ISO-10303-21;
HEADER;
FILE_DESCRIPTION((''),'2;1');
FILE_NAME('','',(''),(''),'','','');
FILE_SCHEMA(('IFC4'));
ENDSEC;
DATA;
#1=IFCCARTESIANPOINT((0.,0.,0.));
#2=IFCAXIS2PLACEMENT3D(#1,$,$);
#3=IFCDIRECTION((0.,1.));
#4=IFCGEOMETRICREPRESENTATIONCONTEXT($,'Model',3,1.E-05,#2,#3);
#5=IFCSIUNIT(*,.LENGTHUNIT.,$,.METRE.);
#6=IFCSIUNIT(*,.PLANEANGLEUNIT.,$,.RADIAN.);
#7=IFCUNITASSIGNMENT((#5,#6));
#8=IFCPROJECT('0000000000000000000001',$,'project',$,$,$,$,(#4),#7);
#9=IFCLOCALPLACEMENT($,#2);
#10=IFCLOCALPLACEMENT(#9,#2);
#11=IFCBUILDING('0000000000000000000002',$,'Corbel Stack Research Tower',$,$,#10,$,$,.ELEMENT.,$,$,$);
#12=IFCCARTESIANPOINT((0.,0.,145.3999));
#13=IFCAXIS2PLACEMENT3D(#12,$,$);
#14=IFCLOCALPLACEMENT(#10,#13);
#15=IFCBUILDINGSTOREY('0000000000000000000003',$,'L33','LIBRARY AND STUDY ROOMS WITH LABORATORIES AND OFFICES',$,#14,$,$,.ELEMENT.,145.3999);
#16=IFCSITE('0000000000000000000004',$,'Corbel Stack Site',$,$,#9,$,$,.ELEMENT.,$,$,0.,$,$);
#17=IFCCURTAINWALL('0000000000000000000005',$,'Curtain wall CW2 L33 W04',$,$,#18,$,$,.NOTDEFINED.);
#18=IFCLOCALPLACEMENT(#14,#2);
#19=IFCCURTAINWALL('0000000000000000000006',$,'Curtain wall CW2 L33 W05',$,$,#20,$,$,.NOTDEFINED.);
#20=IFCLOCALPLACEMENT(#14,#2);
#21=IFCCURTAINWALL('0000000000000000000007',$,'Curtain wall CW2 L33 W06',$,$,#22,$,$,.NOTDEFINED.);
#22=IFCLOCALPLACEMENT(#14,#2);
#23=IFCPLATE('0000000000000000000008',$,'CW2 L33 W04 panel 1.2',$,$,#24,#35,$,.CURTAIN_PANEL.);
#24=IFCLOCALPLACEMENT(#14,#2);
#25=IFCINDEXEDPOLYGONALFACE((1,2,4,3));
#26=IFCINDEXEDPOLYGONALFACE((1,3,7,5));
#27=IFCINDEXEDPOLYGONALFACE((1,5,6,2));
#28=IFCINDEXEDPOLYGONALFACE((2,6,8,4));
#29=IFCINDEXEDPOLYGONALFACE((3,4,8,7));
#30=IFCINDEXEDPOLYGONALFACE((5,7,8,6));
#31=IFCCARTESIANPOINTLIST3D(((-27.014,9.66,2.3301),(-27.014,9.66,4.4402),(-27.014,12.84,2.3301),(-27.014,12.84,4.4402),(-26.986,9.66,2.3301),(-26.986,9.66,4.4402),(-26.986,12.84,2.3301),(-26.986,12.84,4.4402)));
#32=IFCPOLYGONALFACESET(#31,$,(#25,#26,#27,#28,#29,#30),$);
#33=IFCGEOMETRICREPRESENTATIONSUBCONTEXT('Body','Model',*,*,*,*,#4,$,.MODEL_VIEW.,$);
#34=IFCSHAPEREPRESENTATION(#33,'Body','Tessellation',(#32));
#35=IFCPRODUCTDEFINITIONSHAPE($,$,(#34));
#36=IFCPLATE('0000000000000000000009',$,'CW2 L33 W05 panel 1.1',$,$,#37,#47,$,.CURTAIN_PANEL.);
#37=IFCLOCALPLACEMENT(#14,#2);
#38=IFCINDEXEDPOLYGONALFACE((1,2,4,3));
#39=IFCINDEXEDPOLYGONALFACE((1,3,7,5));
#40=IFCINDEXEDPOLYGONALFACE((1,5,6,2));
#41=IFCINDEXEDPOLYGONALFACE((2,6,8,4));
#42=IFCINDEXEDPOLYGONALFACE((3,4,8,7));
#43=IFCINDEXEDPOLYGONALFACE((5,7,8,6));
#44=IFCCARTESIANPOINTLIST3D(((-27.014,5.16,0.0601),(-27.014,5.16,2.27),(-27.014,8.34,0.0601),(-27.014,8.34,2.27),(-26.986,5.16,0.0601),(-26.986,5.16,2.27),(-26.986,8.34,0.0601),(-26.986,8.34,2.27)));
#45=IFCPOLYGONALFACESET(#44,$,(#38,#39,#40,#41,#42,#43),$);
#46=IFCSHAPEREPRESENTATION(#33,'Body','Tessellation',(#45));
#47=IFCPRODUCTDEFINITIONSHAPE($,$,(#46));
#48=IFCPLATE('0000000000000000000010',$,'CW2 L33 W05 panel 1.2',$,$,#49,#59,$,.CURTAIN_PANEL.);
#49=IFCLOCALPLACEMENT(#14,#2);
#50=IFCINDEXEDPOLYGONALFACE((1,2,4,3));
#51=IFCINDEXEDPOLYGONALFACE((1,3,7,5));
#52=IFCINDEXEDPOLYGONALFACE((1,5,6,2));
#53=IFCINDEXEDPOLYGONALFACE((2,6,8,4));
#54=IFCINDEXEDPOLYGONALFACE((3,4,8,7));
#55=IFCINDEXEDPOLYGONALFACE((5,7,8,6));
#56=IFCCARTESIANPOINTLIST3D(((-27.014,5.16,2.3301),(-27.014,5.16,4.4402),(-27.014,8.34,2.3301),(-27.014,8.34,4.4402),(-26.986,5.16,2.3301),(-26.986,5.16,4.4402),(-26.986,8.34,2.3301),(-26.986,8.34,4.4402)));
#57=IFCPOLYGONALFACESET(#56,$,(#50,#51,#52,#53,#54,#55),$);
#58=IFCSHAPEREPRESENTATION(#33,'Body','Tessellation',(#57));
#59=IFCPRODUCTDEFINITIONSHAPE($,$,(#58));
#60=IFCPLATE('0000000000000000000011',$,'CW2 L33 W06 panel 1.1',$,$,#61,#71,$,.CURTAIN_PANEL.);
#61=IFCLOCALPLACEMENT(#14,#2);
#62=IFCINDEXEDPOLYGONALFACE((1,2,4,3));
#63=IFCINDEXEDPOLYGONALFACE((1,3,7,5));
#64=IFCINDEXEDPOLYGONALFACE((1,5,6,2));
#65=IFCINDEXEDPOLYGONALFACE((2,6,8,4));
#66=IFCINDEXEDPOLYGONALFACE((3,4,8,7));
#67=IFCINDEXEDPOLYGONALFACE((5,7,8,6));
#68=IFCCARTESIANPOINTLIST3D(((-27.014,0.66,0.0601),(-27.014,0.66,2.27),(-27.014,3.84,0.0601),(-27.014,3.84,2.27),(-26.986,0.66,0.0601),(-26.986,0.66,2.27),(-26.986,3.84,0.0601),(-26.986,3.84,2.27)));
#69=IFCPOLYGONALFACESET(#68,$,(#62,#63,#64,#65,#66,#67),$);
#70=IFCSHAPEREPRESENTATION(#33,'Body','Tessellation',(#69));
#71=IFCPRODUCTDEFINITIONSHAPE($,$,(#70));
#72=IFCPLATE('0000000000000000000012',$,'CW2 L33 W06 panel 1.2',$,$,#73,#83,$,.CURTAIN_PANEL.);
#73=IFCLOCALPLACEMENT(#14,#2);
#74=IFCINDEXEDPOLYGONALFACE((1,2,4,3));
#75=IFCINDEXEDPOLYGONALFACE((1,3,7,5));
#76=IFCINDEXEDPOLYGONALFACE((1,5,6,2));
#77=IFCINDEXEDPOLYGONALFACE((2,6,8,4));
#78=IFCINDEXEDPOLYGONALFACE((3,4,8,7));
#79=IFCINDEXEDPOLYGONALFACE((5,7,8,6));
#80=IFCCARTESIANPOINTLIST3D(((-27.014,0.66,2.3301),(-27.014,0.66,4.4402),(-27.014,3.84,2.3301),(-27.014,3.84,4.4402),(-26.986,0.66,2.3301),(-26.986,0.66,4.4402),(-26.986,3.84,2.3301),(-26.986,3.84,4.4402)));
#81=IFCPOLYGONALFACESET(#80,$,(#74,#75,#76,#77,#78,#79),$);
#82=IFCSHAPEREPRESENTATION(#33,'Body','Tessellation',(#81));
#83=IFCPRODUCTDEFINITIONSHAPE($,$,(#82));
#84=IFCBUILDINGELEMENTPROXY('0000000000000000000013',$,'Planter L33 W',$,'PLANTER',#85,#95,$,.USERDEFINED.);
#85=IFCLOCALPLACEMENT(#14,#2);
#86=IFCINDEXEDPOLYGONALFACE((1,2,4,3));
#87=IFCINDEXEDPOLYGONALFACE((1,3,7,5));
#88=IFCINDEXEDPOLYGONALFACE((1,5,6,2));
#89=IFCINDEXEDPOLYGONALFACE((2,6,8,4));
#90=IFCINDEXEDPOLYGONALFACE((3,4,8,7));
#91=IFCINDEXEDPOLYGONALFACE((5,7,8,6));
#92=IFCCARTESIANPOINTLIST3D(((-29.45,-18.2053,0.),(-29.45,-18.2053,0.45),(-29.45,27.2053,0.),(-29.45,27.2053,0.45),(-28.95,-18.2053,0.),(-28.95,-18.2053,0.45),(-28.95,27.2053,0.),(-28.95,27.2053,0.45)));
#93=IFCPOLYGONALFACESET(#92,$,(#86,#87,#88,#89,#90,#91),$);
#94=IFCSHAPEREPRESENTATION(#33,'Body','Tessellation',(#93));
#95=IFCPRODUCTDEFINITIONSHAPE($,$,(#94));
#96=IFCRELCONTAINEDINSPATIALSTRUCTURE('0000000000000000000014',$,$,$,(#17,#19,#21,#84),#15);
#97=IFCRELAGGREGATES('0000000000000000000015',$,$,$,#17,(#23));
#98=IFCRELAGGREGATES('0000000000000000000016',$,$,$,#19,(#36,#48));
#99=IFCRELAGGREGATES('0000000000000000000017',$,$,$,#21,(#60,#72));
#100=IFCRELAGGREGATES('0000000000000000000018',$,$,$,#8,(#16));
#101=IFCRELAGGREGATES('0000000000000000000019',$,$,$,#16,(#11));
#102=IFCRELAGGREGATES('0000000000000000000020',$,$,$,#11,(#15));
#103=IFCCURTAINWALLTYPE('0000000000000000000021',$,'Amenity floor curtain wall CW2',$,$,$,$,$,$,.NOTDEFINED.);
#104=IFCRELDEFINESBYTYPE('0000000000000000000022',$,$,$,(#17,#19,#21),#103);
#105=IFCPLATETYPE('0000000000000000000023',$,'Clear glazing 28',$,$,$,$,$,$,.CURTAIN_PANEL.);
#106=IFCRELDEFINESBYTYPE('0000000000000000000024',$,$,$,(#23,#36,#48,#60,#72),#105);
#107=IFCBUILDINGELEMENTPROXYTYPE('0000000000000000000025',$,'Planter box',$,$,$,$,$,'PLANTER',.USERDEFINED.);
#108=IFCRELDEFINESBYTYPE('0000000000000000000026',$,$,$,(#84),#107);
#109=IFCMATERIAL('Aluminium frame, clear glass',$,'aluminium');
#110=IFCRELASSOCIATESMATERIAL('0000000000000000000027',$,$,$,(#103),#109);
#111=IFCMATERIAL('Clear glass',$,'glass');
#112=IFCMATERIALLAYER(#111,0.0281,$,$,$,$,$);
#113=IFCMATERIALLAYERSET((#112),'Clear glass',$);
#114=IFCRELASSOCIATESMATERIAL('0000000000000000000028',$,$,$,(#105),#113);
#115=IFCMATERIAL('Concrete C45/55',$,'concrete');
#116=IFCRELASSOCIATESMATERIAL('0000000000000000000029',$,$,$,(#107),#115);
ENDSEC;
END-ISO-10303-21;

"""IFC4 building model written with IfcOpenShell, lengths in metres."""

from ifc_helpers import new_model, si_unit, direction, frame, origin, origin_2d, place, context, subcontext, project, spatial, rectangle, extrude, material, layer, layer_set, type_object, element, aggregate, save


model = new_model("IFC4")

# Units and contexts
model_context = context("Model", 3, precision=1e-05, world=origin(), true_north=direction((0.0, 1.0)))
body_context = subcontext(model_context, "Body", "Model", "MODEL_VIEW")
ifc_project = project(units=[si_unit("LENGTHUNIT", "METRE"), si_unit("PLANEANGLEUNIT", "RADIAN")], contexts=[model_context])

# Site, building, storey
site_placement = place(None, origin())
site = spatial("IfcSite", under=ifc_project, at=site_placement, Name="Corbel Stack Site", CompositionType="ELEMENT", RefElevation=0.0)
building_placement = place(site_placement, origin())
building = spatial("IfcBuilding", under=site, at=building_placement, Name="Corbel Stack Research Tower", CompositionType="ELEMENT")
storey_placement = place(building_placement, frame((0.0, 0.0, 145.3999)))
storey = spatial("IfcBuildingStorey", under=building, at=storey_placement, Name="L33", Description="LIBRARY AND STUDY ROOMS WITH LABORATORIES AND OFFICES", CompositionType="ELEMENT", Elevation=145.3999)

# Curtain walls
ifc_material_1 = material(Name="Aluminium frame, clear glass", Category="aluminium")
curtain_wall_type = type_object("IfcCurtainWallType", Name="Amenity floor curtain wall CW2", PredefinedType="NOTDEFINED", material=ifc_material_1)
curtain_wall_1_placement = place(storey_placement, origin())
curtain_wall_1 = element("IfcCurtainWall", 1, at=curtain_wall_1_placement, inside=storey, type_object=curtain_wall_type, Name="Curtain wall CW2 L33 W04", PredefinedType="NOTDEFINED")
curtain_wall_2_placement = place(storey_placement, origin())
curtain_wall_2 = element("IfcCurtainWall", 2, at=curtain_wall_2_placement, inside=storey, type_object=curtain_wall_type, Name="Curtain wall CW2 L33 W05", PredefinedType="NOTDEFINED")
curtain_wall_3_placement = place(storey_placement, origin())
curtain_wall_3 = element("IfcCurtainWall", 3, at=curtain_wall_3_placement, inside=storey, type_object=curtain_wall_type, Name="Curtain wall CW2 L33 W06", PredefinedType="NOTDEFINED")

# Plates
ifc_material_2 = material(Name="Clear glass", Category="glass")
ifc_layer = layer(ifc_material_2, 0.0281)
ifc_layer_set = layer_set([ifc_layer], Name="Clear glass")
plate_type = type_object("IfcPlateType", Name="Clear glazing 28", PredefinedType="CURTAIN_PANEL", material=ifc_layer_set)
plate_1_placement = place(storey_placement, frame((-27.0, 11.25, 2.3301), z_axis=(0.0, 0.0, 1.0), x_axis=(0.0, -1.0, 0.0)))
plate_1 = element("IfcPlate", 4, at=plate_1_placement, type_object=plate_type, Name="CW2 L33 W04 panel 1.2", PredefinedType="CURTAIN_PANEL", context=body_context, shape_type="SweptSolid", body=[
    extrude(rectangle(XDim=3.1799, YDim=0.0281, at=origin_2d()), origin(), (0.0, 0.0, 1.0), 2.1101),
])
aggregate(curtain_wall_1, [plate_1])
plate_2_placement = place(storey_placement, frame((-27.0, 6.75, 0.0601), z_axis=(0.0, 0.0, 1.0), x_axis=(0.0, -1.0, 0.0)))
plate_2 = element("IfcPlate", 5, at=plate_2_placement, type_object=plate_type, Name="CW2 L33 W05 panel 1.1", PredefinedType="CURTAIN_PANEL", context=body_context, shape_type="SweptSolid", body=[
    extrude(rectangle(XDim=3.1799, YDim=0.0281, at=origin_2d()), origin(), (0.0, 0.0, 1.0), 2.21),
])
plate_3_placement = place(storey_placement, frame((-27.0, 6.75, 2.3301), z_axis=(0.0, 0.0, 1.0), x_axis=(0.0, -1.0, 0.0)))
plate_3 = element("IfcPlate", 6, at=plate_3_placement, type_object=plate_type, Name="CW2 L33 W05 panel 1.2", PredefinedType="CURTAIN_PANEL", context=body_context, shape_type="SweptSolid", body=[
    extrude(rectangle(XDim=3.1799, YDim=0.0281, at=origin_2d()), origin(), (0.0, 0.0, 1.0), 2.1101),
])
aggregate(curtain_wall_2, [plate_2, plate_3])
plate_4_placement = place(storey_placement, frame((-27.0, 2.25, 0.0601), z_axis=(0.0, 0.0, 1.0), x_axis=(0.0, -1.0, 0.0)))
plate_4 = element("IfcPlate", 7, at=plate_4_placement, type_object=plate_type, Name="CW2 L33 W06 panel 1.1", PredefinedType="CURTAIN_PANEL", context=body_context, shape_type="SweptSolid", body=[
    extrude(rectangle(XDim=3.1799, YDim=0.0281, at=origin_2d()), origin(), (0.0, 0.0, 1.0), 2.21),
])
plate_5_placement = place(storey_placement, frame((-27.0, 2.25, 2.3301), z_axis=(0.0, 0.0, 1.0), x_axis=(0.0, -1.0, 0.0)))
plate_5 = element("IfcPlate", 8, at=plate_5_placement, type_object=plate_type, Name="CW2 L33 W06 panel 1.2", PredefinedType="CURTAIN_PANEL", context=body_context, shape_type="SweptSolid", body=[
    extrude(rectangle(XDim=3.1799, YDim=0.0281, at=origin_2d()), origin(), (0.0, 0.0, 1.0), 2.1101),
])
aggregate(curtain_wall_3, [plate_4, plate_5])

# Building element proxy
ifc_material_3 = material(Name="Concrete C45/55", Category="concrete")
building_element_proxy_type = type_object("IfcBuildingElementProxyType", Name="Planter box", ElementType="PLANTER", PredefinedType="USERDEFINED", material=ifc_material_3)
proxy_placement = place(storey_placement, frame((-29.2, 4.5, 0.0), z_axis=(0.0, 0.0, 1.0), x_axis=(0.0, -1.0, 0.0)))
element("IfcBuildingElementProxy", 9, at=proxy_placement, inside=storey, type_object=building_element_proxy_type, Name="Planter L33 W", ObjectType="PLANTER", PredefinedType="USERDEFINED", context=body_context, shape_type="SweptSolid", body=[
    extrude(rectangle(XDim=45.4106, YDim=0.5, at=origin_2d()), origin(), (0.0, 0.0, 1.0), 0.45),
])

save(model, "model.ifc")
